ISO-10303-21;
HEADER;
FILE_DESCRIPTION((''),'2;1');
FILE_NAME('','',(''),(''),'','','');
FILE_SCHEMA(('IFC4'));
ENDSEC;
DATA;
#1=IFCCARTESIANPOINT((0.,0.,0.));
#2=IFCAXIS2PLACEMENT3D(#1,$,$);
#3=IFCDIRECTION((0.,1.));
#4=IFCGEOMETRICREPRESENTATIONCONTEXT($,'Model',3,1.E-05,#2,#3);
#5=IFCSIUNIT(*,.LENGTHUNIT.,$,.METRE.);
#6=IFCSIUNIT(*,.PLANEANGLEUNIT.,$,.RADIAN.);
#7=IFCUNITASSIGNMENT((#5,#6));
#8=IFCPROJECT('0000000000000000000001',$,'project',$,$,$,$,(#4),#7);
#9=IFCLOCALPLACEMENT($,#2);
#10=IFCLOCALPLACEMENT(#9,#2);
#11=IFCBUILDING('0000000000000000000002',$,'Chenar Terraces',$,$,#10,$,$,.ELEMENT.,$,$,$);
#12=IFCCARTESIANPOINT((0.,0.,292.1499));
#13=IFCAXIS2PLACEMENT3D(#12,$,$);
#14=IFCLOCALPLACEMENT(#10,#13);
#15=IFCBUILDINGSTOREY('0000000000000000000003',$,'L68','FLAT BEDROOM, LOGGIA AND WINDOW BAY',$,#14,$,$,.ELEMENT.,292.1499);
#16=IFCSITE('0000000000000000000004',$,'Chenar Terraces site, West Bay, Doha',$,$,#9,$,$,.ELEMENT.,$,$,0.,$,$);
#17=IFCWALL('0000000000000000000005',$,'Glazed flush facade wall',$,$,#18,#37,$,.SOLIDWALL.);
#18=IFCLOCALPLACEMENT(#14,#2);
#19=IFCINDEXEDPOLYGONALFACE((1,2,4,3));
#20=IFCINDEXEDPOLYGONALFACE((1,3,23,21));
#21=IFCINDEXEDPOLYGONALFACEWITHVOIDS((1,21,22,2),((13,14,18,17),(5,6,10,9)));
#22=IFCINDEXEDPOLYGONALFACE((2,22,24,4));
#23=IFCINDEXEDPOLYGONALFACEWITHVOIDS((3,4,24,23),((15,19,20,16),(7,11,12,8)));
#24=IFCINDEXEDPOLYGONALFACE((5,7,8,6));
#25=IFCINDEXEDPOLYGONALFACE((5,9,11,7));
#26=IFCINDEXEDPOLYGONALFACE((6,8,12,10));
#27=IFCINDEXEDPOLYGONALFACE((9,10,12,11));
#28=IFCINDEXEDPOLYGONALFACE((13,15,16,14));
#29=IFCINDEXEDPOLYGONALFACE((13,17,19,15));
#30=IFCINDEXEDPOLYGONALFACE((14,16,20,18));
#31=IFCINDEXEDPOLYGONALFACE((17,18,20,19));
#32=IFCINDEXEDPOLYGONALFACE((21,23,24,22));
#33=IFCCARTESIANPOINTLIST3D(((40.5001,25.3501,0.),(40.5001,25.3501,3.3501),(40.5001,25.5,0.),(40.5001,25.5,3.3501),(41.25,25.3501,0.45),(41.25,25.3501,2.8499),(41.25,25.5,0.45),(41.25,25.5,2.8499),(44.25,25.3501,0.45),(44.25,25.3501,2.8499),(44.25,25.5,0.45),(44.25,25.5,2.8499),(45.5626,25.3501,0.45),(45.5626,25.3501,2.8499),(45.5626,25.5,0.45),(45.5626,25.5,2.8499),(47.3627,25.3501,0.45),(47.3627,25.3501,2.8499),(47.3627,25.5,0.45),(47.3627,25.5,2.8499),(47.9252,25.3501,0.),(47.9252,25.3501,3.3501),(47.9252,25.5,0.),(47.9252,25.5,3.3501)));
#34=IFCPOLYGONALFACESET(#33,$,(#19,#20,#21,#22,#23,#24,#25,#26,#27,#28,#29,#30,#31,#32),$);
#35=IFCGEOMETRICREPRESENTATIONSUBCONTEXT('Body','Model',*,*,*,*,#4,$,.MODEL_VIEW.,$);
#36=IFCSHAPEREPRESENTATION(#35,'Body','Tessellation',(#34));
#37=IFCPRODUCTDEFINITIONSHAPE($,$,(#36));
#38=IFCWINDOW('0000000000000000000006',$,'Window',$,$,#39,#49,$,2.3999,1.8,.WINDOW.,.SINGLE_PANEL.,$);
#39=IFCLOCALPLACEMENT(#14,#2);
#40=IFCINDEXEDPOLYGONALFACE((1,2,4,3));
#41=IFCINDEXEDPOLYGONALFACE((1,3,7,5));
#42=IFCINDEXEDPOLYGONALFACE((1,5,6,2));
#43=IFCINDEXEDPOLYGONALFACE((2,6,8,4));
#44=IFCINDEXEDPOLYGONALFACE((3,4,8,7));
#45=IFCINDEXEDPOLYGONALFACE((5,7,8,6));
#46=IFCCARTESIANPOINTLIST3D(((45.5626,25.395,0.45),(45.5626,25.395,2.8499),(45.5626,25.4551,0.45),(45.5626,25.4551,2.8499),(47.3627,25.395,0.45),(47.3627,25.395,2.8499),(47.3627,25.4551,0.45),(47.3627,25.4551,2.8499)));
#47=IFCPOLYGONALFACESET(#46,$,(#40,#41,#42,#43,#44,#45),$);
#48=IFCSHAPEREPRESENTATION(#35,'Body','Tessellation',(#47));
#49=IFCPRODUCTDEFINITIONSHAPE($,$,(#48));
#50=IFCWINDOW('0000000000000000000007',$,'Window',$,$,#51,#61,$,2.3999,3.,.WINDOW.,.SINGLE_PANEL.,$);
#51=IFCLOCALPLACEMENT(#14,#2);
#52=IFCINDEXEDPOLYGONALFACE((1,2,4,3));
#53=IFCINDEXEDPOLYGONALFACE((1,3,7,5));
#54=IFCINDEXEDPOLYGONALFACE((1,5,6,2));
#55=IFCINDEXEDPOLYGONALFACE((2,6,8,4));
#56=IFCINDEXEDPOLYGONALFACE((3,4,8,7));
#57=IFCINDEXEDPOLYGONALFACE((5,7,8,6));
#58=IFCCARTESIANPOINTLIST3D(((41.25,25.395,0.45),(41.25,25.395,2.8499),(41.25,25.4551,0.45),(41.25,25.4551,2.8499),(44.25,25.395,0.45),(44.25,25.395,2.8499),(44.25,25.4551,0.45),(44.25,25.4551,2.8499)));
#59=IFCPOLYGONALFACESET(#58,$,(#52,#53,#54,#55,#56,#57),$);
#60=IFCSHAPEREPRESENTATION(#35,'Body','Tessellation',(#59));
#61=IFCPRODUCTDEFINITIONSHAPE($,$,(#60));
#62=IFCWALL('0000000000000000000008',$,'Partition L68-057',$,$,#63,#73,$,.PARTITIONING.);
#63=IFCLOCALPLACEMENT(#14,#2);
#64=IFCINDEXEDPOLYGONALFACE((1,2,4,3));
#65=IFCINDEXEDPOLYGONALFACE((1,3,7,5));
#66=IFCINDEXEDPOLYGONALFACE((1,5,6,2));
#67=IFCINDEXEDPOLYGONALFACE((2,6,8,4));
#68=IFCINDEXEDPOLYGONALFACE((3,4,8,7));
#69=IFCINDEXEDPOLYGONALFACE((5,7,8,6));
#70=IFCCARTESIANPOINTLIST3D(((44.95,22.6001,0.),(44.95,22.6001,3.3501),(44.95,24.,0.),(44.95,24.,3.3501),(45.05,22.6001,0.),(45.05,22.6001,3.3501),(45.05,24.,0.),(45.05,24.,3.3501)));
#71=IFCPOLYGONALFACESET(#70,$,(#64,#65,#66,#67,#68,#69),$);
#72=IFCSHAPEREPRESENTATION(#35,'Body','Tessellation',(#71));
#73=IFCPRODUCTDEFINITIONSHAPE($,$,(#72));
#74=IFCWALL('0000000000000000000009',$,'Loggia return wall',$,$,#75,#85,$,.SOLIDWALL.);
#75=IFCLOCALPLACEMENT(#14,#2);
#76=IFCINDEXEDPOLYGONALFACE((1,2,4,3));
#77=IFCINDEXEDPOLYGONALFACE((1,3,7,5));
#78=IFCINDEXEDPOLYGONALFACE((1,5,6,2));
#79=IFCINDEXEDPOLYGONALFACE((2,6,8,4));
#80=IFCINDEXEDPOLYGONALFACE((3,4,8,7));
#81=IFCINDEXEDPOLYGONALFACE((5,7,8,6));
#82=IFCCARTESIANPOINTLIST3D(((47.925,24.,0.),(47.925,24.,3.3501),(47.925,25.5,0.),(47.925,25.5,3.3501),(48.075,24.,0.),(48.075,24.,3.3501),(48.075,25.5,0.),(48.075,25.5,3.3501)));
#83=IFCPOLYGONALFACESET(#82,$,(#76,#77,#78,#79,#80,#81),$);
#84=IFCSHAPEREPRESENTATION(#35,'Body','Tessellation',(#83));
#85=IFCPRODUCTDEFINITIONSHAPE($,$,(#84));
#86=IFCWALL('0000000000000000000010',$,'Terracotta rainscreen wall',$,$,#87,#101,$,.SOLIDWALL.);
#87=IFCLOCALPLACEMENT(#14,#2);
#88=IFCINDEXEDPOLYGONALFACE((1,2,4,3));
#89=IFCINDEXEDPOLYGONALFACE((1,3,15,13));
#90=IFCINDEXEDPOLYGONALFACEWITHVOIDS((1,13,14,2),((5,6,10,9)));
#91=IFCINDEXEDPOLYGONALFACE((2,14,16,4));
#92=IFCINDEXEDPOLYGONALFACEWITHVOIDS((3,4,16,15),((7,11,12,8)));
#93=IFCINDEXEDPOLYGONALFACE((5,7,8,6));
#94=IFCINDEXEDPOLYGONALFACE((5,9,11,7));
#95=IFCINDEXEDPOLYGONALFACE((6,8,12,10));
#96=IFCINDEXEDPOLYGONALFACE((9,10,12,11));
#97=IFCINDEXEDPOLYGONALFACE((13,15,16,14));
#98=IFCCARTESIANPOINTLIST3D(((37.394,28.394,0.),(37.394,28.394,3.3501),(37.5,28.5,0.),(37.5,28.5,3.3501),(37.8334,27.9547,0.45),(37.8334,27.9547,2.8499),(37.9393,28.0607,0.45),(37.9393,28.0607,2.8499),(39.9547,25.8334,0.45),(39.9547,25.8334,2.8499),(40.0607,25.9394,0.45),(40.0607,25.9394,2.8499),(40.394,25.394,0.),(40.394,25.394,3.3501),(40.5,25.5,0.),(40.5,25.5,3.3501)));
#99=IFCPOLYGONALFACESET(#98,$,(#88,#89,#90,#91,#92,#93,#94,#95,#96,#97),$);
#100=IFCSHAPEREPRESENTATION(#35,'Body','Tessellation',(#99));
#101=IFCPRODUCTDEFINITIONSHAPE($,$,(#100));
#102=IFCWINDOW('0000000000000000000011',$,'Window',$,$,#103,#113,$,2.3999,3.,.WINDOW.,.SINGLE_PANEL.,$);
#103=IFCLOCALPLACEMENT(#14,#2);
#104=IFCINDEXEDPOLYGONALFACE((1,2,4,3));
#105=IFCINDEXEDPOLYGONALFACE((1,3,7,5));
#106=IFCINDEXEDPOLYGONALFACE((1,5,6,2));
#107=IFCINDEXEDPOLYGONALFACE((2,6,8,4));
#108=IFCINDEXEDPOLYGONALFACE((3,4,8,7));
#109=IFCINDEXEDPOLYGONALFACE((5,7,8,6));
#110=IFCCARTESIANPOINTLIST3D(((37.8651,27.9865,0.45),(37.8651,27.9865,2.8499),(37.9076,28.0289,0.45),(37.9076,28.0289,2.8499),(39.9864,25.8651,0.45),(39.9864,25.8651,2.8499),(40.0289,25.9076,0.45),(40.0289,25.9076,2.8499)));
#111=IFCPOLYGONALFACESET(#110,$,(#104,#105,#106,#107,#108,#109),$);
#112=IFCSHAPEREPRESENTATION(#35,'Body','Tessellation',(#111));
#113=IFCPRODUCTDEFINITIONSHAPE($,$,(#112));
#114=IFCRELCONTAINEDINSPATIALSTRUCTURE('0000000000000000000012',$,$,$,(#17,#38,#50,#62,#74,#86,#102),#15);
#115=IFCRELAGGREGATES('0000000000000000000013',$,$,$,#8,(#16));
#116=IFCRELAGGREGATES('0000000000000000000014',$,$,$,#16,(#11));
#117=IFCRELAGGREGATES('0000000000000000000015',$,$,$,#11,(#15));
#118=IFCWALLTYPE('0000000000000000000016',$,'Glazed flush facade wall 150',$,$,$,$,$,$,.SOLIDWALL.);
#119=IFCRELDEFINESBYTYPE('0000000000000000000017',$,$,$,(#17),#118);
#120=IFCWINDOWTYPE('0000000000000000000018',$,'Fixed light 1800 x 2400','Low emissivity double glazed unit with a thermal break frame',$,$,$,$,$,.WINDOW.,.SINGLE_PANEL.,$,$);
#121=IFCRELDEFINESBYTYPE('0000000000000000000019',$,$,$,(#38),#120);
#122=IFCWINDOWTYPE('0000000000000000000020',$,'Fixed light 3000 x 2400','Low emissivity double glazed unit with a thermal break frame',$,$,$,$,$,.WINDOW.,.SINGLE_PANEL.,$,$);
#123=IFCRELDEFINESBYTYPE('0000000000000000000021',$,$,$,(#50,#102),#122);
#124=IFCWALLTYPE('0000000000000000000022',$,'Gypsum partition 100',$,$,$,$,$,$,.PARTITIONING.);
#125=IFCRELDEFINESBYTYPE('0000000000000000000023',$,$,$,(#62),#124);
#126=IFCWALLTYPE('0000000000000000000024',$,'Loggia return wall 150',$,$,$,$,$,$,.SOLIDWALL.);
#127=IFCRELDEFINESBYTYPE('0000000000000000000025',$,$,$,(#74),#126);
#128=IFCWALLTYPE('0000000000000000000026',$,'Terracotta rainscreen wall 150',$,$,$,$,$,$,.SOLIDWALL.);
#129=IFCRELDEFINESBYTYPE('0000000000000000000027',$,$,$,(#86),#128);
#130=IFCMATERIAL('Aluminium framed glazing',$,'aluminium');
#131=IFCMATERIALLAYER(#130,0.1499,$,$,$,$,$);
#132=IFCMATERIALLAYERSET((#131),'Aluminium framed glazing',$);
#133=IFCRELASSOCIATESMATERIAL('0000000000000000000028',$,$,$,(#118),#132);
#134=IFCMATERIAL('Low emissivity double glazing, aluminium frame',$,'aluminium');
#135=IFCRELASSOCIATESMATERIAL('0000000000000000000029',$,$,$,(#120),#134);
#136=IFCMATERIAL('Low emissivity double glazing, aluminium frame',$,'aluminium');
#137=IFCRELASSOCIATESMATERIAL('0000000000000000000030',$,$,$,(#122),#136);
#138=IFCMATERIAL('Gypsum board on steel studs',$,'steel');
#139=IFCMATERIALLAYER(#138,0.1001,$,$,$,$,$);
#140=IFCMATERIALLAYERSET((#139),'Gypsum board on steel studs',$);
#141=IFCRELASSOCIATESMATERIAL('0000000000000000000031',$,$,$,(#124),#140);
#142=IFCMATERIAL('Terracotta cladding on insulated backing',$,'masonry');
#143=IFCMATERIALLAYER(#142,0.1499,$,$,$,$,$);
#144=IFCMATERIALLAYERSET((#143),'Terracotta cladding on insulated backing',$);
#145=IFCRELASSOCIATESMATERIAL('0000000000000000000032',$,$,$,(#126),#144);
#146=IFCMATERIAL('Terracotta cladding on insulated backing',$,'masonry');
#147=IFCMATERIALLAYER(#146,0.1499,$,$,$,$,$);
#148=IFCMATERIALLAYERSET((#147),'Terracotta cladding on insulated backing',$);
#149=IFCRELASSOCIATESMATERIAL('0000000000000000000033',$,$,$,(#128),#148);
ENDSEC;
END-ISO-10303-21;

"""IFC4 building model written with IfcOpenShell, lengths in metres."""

from ifc_helpers import new_model, si_unit, direction, frame, frame_2d, origin, place, context, subcontext, project, spatial, rectangle, extrude, material, layer, layer_set, type_object, element, fill, save


model = new_model("IFC4")

# Units and contexts
model_context = context("Model", 3, precision=1e-05, world=origin(), true_north=direction((0.0, 1.0)))
body_context = subcontext(model_context, "Body", "Model", "MODEL_VIEW")
ifc_project = project(units=[si_unit("LENGTHUNIT", "METRE"), si_unit("PLANEANGLEUNIT", "RADIAN")], contexts=[model_context])

# Site, building, storey
site_placement = place(None, origin())
site = spatial("IfcSite", under=ifc_project, at=site_placement, Name="Chenar Terraces site, West Bay, Doha", CompositionType="ELEMENT", RefElevation=0.0)
building_placement = place(site_placement, origin())
building = spatial("IfcBuilding", under=site, at=building_placement, Name="Chenar Terraces", CompositionType="ELEMENT")
storey_placement = place(building_placement, frame((0.0, 0.0, 292.1499)))
storey = spatial("IfcBuildingStorey", under=building, at=storey_placement, Name="L68", Description="FLAT BEDROOM, LOGGIA AND WINDOW BAY", CompositionType="ELEMENT", Elevation=292.1499)

# Wall, openings, windows
ifc_material_1 = material(Name="Aluminium framed glazing", Category="aluminium")
ifc_layer_1 = layer(ifc_material_1, 0.1499)
ifc_layer_set_1 = layer_set([ifc_layer_1], Name="Aluminium framed glazing")
wall_type_1 = type_object("IfcWallType", Name="Glazed flush facade wall 150", PredefinedType="SOLIDWALL", material=ifc_layer_set_1)
wall_1_placement = place(storey_placement, frame((47.925, 25.425, 0.0), z_axis=(0.0, 0.0, 1.0), x_axis=(-1.0, 0.0, 0.0)))
wall_1 = element("IfcWall", 1, at=wall_1_placement, inside=storey, type_object=wall_type_1, Name="Glazed flush facade wall", PredefinedType="SOLIDWALL", context=body_context, shape_type="SweptSolid", body=[
    extrude(rectangle(XDim=7.425, YDim=0.1499, at=frame_2d((3.7124, 0.0))), origin(), (0.0, 0.0, 1.0), 3.3501),
])
opening_1_placement = place(wall_1_placement, frame((0.5625, 0.0, 0.45)))
opening_1 = element("IfcOpeningElement", 2, at=opening_1_placement, cuts=wall_1, PredefinedType="OPENING", context=body_context, shape_type="SweptSolid", body=[
    extrude(rectangle(XDim=1.8, YDim=2.3999, at=frame_2d((0.8999, 1.2))), frame((0.0, 0.085, 0.0), z_axis=(0.0, -1.0, 0.0), x_axis=(1.0, 0.0, 0.0)), (0.0, 0.0, 1.0), 0.1699),
])
opening_2_placement = place(wall_1_placement, frame((3.675, 0.0, 0.45)))
opening_2 = element("IfcOpeningElement", 3, at=opening_2_placement, cuts=wall_1, PredefinedType="OPENING", context=body_context, shape_type="SweptSolid", body=[
    extrude(rectangle(XDim=3.0, YDim=2.3999, at=frame_2d((1.5, 1.2))), frame((0.0, 0.085, 0.0), z_axis=(0.0, -1.0, 0.0), x_axis=(1.0, 0.0, 0.0)), (0.0, 0.0, 1.0), 0.1699),
])
ifc_material_2 = material(Name="Low emissivity double glazing, aluminium frame", Category="aluminium")
window_type_1 = type_object("IfcWindowType", Name="Fixed light 1800 x 2400", Description="Low emissivity double glazed unit with a thermal break frame", PartitioningType="SINGLE_PANEL", PredefinedType="WINDOW", material=ifc_material_2)
window_1_placement = place(opening_1_placement, origin())
window_1 = element("IfcWindow", 4, at=window_1_placement, inside=storey, type_object=window_type_1, Name="Window", OverallHeight=2.3999, OverallWidth=1.8, PartitioningType="SINGLE_PANEL", PredefinedType="WINDOW", context=body_context, shape_type="SweptSolid", body=[
    extrude(rectangle(XDim=1.8, YDim=2.3999, at=frame_2d((0.8999, 1.2))), frame((0.0, 0.03, 0.0), z_axis=(0.0, -1.0, 0.0), x_axis=(1.0, 0.0, 0.0)), (0.0, 0.0, 1.0), 0.0601),
])
fill(opening_1, window_1)
ifc_material_3 = material(Name="Low emissivity double glazing, aluminium frame", Category="aluminium")
window_type_2 = type_object("IfcWindowType", Name="Fixed light 3000 x 2400", Description="Low emissivity double glazed unit with a thermal break frame", PartitioningType="SINGLE_PANEL", PredefinedType="WINDOW", material=ifc_material_3)
window_2_placement = place(opening_2_placement, origin())
window_2 = element("IfcWindow", 5, at=window_2_placement, inside=storey, type_object=window_type_2, Name="Window", OverallHeight=2.3999, OverallWidth=3.0, PartitioningType="SINGLE_PANEL", PredefinedType="WINDOW", context=body_context, shape_type="SweptSolid", body=[
    extrude(rectangle(XDim=3.0, YDim=2.3999, at=frame_2d((1.5, 1.2))), frame((0.0, 0.03, 0.0), z_axis=(0.0, -1.0, 0.0), x_axis=(1.0, 0.0, 0.0)), (0.0, 0.0, 1.0), 0.0601),
])
fill(opening_2, window_2)

# Walls
ifc_material_4 = material(Name="Gypsum board on steel studs", Category="steel")
ifc_layer_2 = layer(ifc_material_4, 0.1001)
ifc_layer_set_2 = layer_set([ifc_layer_2], Name="Gypsum board on steel studs")
wall_type_2 = type_object("IfcWallType", Name="Gypsum partition 100", PredefinedType="PARTITIONING", material=ifc_layer_set_2)
wall_2_placement = place(storey_placement, frame((45.0, 22.6001, 0.0), z_axis=(0.0, 0.0, 1.0), x_axis=(0.0, 1.0, 0.0)))
element("IfcWall", 6, at=wall_2_placement, inside=storey, type_object=wall_type_2, Name="Partition L68-057", PredefinedType="PARTITIONING", context=body_context, shape_type="SweptSolid", body=[
    extrude(rectangle(XDim=1.3999, YDim=0.1001, at=frame_2d((0.7, 0.0))), origin(), (0.0, 0.0, 1.0), 3.3501),
])
ifc_material_5 = material(Name="Terracotta cladding on insulated backing", Category="masonry")
ifc_layer_3 = layer(ifc_material_5, 0.1499)
ifc_layer_set_3 = layer_set([ifc_layer_3], Name="Terracotta cladding on insulated backing")
wall_type_3 = type_object("IfcWallType", Name="Loggia return wall 150", PredefinedType="SOLIDWALL", material=ifc_layer_set_3)
wall_3_placement = place(storey_placement, frame((48.0, 25.5, 0.0), z_axis=(0.0, 0.0, 1.0), x_axis=(0.0, -1.0, 0.0)))
element("IfcWall", 7, at=wall_3_placement, inside=storey, type_object=wall_type_3, Name="Loggia return wall", PredefinedType="SOLIDWALL", context=body_context, shape_type="SweptSolid", body=[
    extrude(rectangle(XDim=1.5, YDim=0.1499, at=frame_2d((0.75, 0.0))), origin(), (0.0, 0.0, 1.0), 3.3501),
])

# Wall, opening, window
ifc_material_6 = material(Name="Terracotta cladding on insulated backing", Category="masonry")
ifc_layer_4 = layer(ifc_material_6, 0.1499)
ifc_layer_set_4 = layer_set([ifc_layer_4], Name="Terracotta cladding on insulated backing")
wall_type_4 = type_object("IfcWallType", Name="Terracotta rainscreen wall 150", PredefinedType="SOLIDWALL", material=ifc_layer_set_4)
wall_4_placement = place(storey_placement, frame((40.447, 25.447, 0.0), z_axis=(0.0, 0.0, 1.0), x_axis=(-0.707107, 0.707107, 0.0)))
wall_4 = element("IfcWall", 8, at=wall_4_placement, inside=storey, type_object=wall_type_4, Name="Terracotta rainscreen wall", PredefinedType="SOLIDWALL", context=body_context, shape_type="SweptSolid", body=[
    extrude(rectangle(XDim=4.2427, YDim=0.1499, at=frame_2d((2.1213, 0.0))), origin(), (0.0, 0.0, 1.0), 3.3501),
])
opening_3_placement = place(wall_4_placement, frame((0.6213, 0.0, 0.45)))
opening_3 = element("IfcOpeningElement", 9, at=opening_3_placement, cuts=wall_4, PredefinedType="OPENING", context=body_context, shape_type="SweptSolid", body=[
    extrude(rectangle(XDim=3.0, YDim=2.3999, at=frame_2d((1.5, 1.2))), frame((0.0, 0.085, 0.0), z_axis=(0.0, -1.0, 0.0), x_axis=(1.0, 0.0, 0.0)), (0.0, 0.0, 1.0), 0.1699),
])
window_3_placement = place(opening_3_placement, origin())
window_3 = element("IfcWindow", 10, at=window_3_placement, inside=storey, type_object=window_type_2, Name="Window", OverallHeight=2.3999, OverallWidth=3.0, PartitioningType="SINGLE_PANEL", PredefinedType="WINDOW", context=body_context, shape_type="SweptSolid", body=[
    extrude(rectangle(XDim=3.0, YDim=2.3999, at=frame_2d((1.5, 1.2))), frame((0.0, 0.03, 0.0), z_axis=(0.0, -1.0, 0.0), x_axis=(1.0, 0.0, 0.0)), (0.0, 0.0, 1.0), 0.0601),
])
fill(opening_3, window_3)

save(model, "model.ifc")
